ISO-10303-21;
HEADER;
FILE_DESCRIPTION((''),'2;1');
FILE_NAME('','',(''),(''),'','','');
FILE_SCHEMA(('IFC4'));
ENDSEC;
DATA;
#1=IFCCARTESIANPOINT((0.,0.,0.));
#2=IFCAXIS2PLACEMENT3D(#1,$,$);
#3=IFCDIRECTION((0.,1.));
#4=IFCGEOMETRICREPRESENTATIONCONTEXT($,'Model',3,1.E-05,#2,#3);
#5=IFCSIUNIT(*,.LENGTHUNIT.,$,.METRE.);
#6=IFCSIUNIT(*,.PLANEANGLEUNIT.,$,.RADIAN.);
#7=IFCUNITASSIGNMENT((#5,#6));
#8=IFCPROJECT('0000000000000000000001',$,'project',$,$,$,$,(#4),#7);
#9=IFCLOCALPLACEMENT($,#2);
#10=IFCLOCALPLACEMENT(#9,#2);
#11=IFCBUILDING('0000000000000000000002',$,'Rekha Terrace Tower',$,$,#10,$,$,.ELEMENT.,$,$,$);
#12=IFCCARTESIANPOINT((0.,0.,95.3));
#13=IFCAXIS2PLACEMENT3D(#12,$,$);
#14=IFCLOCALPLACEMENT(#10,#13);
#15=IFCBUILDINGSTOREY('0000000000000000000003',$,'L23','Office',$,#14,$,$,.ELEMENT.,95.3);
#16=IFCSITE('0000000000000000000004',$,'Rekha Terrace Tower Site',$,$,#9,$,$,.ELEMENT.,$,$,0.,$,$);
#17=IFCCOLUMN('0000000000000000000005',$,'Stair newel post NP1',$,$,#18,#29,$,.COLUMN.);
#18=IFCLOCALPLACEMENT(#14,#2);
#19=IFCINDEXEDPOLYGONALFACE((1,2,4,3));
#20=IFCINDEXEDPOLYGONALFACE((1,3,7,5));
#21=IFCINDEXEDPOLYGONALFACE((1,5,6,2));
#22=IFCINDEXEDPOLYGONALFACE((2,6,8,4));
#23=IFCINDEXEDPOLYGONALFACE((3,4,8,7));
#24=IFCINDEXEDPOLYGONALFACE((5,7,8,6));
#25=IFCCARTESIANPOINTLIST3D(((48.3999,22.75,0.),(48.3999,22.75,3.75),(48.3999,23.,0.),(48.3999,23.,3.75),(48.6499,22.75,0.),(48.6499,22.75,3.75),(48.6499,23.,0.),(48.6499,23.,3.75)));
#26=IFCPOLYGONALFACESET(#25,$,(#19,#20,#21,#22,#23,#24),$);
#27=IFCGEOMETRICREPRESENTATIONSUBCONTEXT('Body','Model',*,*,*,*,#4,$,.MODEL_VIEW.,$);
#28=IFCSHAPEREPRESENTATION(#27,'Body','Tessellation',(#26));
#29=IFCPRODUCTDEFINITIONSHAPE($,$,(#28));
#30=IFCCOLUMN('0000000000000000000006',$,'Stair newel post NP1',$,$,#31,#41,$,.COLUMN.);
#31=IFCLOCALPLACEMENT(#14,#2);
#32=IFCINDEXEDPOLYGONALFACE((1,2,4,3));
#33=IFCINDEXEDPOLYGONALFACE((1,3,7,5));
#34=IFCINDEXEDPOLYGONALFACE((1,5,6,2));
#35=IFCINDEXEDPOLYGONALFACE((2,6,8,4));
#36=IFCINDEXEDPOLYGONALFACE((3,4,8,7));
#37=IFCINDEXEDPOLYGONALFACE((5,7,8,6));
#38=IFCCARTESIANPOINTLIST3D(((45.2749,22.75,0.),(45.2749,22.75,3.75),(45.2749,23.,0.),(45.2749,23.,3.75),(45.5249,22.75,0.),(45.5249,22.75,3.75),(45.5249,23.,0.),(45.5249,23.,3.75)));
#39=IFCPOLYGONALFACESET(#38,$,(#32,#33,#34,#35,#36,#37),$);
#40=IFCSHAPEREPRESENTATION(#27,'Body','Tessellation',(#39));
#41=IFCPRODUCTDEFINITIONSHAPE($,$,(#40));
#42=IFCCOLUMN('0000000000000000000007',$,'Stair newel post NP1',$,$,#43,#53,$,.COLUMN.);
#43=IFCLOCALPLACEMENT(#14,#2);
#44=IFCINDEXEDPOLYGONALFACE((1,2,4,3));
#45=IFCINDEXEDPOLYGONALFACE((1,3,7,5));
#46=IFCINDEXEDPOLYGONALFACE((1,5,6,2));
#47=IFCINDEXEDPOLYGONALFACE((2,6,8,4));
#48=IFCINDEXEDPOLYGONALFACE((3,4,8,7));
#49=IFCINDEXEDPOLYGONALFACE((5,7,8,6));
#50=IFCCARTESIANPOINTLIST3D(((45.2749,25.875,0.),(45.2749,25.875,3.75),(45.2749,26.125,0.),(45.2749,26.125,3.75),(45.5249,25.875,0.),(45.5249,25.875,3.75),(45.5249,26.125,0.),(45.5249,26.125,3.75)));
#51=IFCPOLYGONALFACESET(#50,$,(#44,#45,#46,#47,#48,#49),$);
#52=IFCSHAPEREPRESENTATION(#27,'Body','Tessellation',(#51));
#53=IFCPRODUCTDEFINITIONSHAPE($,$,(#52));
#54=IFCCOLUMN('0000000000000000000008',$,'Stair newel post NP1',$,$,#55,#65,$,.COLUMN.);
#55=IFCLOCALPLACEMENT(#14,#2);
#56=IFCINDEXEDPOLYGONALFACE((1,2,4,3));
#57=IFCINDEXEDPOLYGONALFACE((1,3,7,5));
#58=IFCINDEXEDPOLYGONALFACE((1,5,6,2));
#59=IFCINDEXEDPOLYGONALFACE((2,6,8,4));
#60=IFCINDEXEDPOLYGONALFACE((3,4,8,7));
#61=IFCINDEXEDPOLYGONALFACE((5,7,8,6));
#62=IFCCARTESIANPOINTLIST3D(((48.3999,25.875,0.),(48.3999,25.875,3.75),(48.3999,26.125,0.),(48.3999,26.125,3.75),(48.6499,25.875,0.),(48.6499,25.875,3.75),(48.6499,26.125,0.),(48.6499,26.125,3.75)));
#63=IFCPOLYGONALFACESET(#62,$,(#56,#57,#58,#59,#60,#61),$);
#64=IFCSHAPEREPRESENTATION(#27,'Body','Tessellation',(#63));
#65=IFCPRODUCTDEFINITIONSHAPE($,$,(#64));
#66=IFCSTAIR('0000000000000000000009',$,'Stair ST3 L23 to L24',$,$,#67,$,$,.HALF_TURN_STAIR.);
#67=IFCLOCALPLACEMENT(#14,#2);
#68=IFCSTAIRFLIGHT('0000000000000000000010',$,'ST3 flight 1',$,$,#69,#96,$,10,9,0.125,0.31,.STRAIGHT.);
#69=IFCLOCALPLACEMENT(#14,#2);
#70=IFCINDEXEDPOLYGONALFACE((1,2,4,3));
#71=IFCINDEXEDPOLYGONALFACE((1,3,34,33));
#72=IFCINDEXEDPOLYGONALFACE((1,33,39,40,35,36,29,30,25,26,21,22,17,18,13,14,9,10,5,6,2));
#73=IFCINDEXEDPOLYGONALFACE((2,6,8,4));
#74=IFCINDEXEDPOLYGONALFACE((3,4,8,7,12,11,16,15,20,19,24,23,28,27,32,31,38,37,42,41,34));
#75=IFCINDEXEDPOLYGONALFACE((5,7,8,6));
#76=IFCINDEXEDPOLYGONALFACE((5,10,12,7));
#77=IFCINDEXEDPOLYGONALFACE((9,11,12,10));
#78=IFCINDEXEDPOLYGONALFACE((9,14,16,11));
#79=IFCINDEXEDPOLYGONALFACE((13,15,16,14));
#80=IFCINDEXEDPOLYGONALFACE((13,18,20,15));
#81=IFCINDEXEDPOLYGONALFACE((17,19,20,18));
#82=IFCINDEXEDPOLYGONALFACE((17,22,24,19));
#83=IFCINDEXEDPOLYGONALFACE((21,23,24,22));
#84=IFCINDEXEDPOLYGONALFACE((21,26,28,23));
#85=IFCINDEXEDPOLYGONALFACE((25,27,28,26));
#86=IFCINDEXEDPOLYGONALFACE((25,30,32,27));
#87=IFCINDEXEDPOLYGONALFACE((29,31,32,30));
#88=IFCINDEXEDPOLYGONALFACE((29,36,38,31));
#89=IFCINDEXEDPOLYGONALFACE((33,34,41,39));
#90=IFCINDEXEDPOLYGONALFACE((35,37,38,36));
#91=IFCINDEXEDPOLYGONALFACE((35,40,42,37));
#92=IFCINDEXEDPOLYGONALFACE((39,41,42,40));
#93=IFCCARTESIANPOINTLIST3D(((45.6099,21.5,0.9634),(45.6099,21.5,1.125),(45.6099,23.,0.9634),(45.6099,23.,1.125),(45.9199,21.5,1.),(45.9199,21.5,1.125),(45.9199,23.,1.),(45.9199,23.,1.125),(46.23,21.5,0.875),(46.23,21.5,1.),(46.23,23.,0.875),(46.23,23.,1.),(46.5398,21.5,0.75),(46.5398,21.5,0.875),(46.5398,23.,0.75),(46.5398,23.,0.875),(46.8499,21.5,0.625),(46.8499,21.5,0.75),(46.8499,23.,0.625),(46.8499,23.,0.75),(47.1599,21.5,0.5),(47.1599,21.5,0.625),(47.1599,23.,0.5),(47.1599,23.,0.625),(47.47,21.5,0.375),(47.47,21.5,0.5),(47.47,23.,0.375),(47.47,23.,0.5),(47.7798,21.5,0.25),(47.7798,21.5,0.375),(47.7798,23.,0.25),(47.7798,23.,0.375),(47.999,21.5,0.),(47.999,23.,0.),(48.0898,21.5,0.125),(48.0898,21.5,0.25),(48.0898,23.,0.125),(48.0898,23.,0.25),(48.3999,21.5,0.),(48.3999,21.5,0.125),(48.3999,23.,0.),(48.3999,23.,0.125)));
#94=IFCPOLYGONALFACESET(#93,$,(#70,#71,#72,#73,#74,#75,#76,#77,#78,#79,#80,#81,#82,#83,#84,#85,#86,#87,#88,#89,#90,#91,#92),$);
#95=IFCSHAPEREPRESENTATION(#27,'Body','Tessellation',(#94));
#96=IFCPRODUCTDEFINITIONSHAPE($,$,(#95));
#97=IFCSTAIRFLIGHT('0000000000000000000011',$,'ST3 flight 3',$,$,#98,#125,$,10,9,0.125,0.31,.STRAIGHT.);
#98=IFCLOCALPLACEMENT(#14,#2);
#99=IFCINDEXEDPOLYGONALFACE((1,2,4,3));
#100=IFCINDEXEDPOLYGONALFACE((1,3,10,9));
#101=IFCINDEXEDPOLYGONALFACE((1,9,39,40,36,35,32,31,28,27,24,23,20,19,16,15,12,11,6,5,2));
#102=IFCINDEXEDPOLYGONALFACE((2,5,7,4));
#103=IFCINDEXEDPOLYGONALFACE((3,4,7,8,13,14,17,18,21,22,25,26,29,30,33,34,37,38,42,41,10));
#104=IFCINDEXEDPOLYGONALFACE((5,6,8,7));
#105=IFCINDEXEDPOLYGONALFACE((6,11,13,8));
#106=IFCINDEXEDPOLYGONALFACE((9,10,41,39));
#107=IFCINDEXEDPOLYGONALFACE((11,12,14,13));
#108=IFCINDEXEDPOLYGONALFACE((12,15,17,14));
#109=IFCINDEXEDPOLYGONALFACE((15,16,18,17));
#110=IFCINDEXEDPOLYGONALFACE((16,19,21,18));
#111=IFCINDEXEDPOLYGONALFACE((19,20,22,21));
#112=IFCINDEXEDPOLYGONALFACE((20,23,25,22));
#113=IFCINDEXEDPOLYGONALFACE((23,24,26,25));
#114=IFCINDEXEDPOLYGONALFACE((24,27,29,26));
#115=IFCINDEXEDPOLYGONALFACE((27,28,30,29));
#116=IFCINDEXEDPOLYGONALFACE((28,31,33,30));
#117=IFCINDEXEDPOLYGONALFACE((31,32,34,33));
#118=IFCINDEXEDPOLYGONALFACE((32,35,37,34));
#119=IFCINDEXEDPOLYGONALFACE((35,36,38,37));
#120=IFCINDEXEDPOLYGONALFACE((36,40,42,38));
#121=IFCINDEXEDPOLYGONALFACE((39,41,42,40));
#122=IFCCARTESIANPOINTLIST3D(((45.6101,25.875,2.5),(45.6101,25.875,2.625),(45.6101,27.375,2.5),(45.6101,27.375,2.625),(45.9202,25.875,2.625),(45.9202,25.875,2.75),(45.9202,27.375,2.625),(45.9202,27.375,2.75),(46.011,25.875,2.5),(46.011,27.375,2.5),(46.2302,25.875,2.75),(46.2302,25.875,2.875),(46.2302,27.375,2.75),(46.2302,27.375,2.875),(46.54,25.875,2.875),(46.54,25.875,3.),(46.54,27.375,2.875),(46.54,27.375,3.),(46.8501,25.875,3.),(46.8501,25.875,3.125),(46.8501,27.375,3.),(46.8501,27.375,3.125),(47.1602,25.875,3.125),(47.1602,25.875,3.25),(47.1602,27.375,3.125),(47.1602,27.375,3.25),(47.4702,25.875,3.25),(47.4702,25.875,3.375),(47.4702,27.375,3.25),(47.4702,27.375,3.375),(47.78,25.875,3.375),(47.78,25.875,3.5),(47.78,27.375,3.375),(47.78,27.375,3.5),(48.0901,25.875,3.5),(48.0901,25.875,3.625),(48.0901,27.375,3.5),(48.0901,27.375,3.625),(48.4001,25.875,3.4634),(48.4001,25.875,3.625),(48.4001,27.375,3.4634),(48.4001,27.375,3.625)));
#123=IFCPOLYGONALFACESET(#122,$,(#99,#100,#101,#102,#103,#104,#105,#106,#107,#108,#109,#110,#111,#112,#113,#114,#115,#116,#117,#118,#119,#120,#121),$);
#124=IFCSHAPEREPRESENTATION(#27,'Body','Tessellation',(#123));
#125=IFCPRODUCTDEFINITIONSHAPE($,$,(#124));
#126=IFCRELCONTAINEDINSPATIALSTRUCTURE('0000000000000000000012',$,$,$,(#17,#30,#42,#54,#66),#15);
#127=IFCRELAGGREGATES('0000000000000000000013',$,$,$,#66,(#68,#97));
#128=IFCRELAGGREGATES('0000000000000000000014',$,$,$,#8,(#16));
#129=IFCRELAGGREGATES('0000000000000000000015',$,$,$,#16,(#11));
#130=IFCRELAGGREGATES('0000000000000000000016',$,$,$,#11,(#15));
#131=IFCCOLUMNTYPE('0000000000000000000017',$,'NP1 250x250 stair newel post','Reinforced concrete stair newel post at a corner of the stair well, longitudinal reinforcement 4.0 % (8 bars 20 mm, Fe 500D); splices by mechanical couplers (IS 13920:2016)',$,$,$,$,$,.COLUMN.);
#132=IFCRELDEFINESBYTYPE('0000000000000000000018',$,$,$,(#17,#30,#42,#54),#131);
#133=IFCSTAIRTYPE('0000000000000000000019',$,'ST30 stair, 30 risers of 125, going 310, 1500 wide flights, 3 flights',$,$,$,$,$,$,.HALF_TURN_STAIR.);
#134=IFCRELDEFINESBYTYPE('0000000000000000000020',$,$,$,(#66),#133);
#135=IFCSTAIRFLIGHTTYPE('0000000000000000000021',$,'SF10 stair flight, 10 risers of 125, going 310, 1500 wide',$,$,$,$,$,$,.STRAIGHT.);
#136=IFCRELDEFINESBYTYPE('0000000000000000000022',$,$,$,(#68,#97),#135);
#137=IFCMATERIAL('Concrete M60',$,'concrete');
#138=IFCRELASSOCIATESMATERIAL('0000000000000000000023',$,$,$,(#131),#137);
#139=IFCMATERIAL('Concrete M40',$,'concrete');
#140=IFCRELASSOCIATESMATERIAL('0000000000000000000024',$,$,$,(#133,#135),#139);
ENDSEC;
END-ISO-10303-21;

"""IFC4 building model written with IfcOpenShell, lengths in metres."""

from ifc_helpers import new_model, si_unit, direction, frame, origin, origin_2d, place, context, subcontext, project, spatial, polyline, rectangle, outline, extrude, material, material_profile, profile_set, type_object, element, aggregate, save


model = new_model("IFC4")

# Units and contexts
model_context = context("Model", 3, precision=1e-05, world=origin(), true_north=direction((0.0, 1.0)))
body_context = subcontext(model_context, "Body", "Model", "MODEL_VIEW")
ifc_project = project(units=[si_unit("LENGTHUNIT", "METRE"), si_unit("PLANEANGLEUNIT", "RADIAN")], contexts=[model_context])

# Site, building, storey
site_placement = place(None, origin())
site = spatial("IfcSite", under=ifc_project, at=site_placement, Name="Rekha Terrace Tower Site", CompositionType="ELEMENT", RefElevation=0.0)
building_placement = place(site_placement, origin())
building = spatial("IfcBuilding", under=site, at=building_placement, Name="Rekha Terrace Tower", CompositionType="ELEMENT")
storey_placement = place(building_placement, frame((0.0, 0.0, 95.3)))
storey = spatial("IfcBuildingStorey", under=building, at=storey_placement, Name="L23", Description="Office", CompositionType="ELEMENT", Elevation=95.3)

# Columns
ifc_material_1 = material(Name="Concrete M60", Category="concrete")
ifc_material_profile = material_profile(ifc_material_1, rectangle(XDim=0.25, YDim=0.25, at=origin_2d()), Name="RC 250x250")
ifc_profile_set = profile_set([ifc_material_profile], Name="Concrete M60")
column_type = type_object("IfcColumnType", Name="NP1 250x250 stair newel post", Description="Reinforced concrete stair newel post at a corner of the stair well, longitudinal reinforcement 4.0 % (8 bars 20 mm, Fe 500D); splices by mechanical couplers (IS 13920:2016)", PredefinedType="COLUMN", material=ifc_profile_set)
for number, where, z_axis, x_axis, name in (
    (1, (48.5249, 22.875, 0.0), (0.0, 0.0, 1.0), (1.0, 0.0, 0.0), "Stair newel post NP1"),
    (2, (45.3999, 22.875, 0.0), (0.0, 0.0, 1.0), (1.0, 0.0, 0.0), "Stair newel post NP1"),
    (3, (45.3999, 26.0, 0.0), (0.0, 0.0, 1.0), (1.0, 0.0, 0.0), "Stair newel post NP1"),
    (4, (48.5249, 26.0, 0.0), (0.0, 0.0, 1.0), (1.0, 0.0, 0.0), "Stair newel post NP1"),
):
    element("IfcColumn", number, at=place(storey_placement, frame(where, z_axis=z_axis, x_axis=x_axis)), inside=storey, type_object=column_type, Name=name, PredefinedType="COLUMN", context=body_context, shape_type="SweptSolid", body=[
        extrude(rectangle(XDim=0.25, YDim=0.25, at=origin_2d()), origin(), (0.0, 0.0, 1.0), 3.75),
    ])

# Stair, stair flights
ifc_material_2 = material(Name="Concrete M40", Category="concrete")
stair_type = type_object("IfcStairType", Name="ST30 stair, 30 risers of 125, going 310, 1500 wide flights, 3 flights", PredefinedType="HALF_TURN_STAIR", material=ifc_material_2)
stair_placement = place(storey_placement, origin())
stair = element("IfcStair", 5, at=stair_placement, inside=storey, type_object=stair_type, Name="Stair ST3 L23 to L24", PredefinedType="HALF_TURN_STAIR")
stair_flight_type = type_object("IfcStairFlightType", Name="SF10 stair flight, 10 risers of 125, going 310, 1500 wide", PredefinedType="STRAIGHT", material=ifc_material_2)
stair_flight_1_placement = place(storey_placement, frame((48.3999, 22.25, 0.0), z_axis=(0.0, 0.0, 1.0), x_axis=(-1.0, 0.0, 0.0)))
stair_flight_1 = element("IfcStairFlight", 6, at=stair_flight_1_placement, type_object=stair_flight_type, Name="ST3 flight 1", NumberOfRisers=10, NumberOfTreads=9, PredefinedType="STRAIGHT", RiserHeight=0.125, TreadLength=0.31, context=body_context, shape_type="SweptSolid", body=[
    extrude(outline(polyline([(0.0, 0.0), (0.0, 0.125), (0.3101, 0.125), (0.3101, 0.25), (0.6201, 0.25), (0.6201, 0.375), (0.9299, 0.375), (0.9299, 0.5), (1.24, 0.5), (1.24, 0.625), (1.55, 0.625), (1.55, 0.75), (1.8601, 0.75), (1.8601, 0.875), (2.1699, 0.875), (2.1699, 1.0), (2.48, 1.0), (2.48, 1.125), (2.79, 1.125), (2.79, 1.25), (2.79, 0.9634), (0.4009, 0.0), (0.0, 0.0)])), frame((0.0, 0.75, 0.0), z_axis=(0.0, -1.0, 0.0), x_axis=(1.0, 0.0, 0.0)), (0.0, 0.0, 1.0), 1.5),
])
stair_flight_2_placement = place(storey_placement, frame((45.6101, 26.625, 2.5), z_axis=(0.0, 0.0, 1.0), x_axis=(1.0, 0.0, 0.0)))
stair_flight_2 = element("IfcStairFlight", 7, at=stair_flight_2_placement, type_object=stair_flight_type, Name="ST3 flight 3", NumberOfRisers=10, NumberOfTreads=9, PredefinedType="STRAIGHT", RiserHeight=0.125, TreadLength=0.31, context=body_context, shape_type="SweptSolid", body=[
    extrude(outline(polyline([(0.0, 0.0), (0.0, 0.125), (0.3101, 0.125), (0.3101, 0.25), (0.6201, 0.25), (0.6201, 0.375), (0.9299, 0.375), (0.9299, 0.5), (1.24, 0.5), (1.24, 0.625), (1.55, 0.625), (1.55, 0.75), (1.8601, 0.75), (1.8601, 0.875), (2.1699, 0.875), (2.1699, 1.0), (2.48, 1.0), (2.48, 1.125), (2.79, 1.125), (2.79, 1.25), (2.79, 0.9634), (0.4009, 0.0), (0.0, 0.0)])), frame((0.0, 0.75, 0.0), z_axis=(0.0, -1.0, 0.0), x_axis=(1.0, 0.0, 0.0)), (0.0, 0.0, 1.0), 1.5),
])
aggregate(stair, [stair_flight_1, stair_flight_2])

save(model, "model.ifc")
